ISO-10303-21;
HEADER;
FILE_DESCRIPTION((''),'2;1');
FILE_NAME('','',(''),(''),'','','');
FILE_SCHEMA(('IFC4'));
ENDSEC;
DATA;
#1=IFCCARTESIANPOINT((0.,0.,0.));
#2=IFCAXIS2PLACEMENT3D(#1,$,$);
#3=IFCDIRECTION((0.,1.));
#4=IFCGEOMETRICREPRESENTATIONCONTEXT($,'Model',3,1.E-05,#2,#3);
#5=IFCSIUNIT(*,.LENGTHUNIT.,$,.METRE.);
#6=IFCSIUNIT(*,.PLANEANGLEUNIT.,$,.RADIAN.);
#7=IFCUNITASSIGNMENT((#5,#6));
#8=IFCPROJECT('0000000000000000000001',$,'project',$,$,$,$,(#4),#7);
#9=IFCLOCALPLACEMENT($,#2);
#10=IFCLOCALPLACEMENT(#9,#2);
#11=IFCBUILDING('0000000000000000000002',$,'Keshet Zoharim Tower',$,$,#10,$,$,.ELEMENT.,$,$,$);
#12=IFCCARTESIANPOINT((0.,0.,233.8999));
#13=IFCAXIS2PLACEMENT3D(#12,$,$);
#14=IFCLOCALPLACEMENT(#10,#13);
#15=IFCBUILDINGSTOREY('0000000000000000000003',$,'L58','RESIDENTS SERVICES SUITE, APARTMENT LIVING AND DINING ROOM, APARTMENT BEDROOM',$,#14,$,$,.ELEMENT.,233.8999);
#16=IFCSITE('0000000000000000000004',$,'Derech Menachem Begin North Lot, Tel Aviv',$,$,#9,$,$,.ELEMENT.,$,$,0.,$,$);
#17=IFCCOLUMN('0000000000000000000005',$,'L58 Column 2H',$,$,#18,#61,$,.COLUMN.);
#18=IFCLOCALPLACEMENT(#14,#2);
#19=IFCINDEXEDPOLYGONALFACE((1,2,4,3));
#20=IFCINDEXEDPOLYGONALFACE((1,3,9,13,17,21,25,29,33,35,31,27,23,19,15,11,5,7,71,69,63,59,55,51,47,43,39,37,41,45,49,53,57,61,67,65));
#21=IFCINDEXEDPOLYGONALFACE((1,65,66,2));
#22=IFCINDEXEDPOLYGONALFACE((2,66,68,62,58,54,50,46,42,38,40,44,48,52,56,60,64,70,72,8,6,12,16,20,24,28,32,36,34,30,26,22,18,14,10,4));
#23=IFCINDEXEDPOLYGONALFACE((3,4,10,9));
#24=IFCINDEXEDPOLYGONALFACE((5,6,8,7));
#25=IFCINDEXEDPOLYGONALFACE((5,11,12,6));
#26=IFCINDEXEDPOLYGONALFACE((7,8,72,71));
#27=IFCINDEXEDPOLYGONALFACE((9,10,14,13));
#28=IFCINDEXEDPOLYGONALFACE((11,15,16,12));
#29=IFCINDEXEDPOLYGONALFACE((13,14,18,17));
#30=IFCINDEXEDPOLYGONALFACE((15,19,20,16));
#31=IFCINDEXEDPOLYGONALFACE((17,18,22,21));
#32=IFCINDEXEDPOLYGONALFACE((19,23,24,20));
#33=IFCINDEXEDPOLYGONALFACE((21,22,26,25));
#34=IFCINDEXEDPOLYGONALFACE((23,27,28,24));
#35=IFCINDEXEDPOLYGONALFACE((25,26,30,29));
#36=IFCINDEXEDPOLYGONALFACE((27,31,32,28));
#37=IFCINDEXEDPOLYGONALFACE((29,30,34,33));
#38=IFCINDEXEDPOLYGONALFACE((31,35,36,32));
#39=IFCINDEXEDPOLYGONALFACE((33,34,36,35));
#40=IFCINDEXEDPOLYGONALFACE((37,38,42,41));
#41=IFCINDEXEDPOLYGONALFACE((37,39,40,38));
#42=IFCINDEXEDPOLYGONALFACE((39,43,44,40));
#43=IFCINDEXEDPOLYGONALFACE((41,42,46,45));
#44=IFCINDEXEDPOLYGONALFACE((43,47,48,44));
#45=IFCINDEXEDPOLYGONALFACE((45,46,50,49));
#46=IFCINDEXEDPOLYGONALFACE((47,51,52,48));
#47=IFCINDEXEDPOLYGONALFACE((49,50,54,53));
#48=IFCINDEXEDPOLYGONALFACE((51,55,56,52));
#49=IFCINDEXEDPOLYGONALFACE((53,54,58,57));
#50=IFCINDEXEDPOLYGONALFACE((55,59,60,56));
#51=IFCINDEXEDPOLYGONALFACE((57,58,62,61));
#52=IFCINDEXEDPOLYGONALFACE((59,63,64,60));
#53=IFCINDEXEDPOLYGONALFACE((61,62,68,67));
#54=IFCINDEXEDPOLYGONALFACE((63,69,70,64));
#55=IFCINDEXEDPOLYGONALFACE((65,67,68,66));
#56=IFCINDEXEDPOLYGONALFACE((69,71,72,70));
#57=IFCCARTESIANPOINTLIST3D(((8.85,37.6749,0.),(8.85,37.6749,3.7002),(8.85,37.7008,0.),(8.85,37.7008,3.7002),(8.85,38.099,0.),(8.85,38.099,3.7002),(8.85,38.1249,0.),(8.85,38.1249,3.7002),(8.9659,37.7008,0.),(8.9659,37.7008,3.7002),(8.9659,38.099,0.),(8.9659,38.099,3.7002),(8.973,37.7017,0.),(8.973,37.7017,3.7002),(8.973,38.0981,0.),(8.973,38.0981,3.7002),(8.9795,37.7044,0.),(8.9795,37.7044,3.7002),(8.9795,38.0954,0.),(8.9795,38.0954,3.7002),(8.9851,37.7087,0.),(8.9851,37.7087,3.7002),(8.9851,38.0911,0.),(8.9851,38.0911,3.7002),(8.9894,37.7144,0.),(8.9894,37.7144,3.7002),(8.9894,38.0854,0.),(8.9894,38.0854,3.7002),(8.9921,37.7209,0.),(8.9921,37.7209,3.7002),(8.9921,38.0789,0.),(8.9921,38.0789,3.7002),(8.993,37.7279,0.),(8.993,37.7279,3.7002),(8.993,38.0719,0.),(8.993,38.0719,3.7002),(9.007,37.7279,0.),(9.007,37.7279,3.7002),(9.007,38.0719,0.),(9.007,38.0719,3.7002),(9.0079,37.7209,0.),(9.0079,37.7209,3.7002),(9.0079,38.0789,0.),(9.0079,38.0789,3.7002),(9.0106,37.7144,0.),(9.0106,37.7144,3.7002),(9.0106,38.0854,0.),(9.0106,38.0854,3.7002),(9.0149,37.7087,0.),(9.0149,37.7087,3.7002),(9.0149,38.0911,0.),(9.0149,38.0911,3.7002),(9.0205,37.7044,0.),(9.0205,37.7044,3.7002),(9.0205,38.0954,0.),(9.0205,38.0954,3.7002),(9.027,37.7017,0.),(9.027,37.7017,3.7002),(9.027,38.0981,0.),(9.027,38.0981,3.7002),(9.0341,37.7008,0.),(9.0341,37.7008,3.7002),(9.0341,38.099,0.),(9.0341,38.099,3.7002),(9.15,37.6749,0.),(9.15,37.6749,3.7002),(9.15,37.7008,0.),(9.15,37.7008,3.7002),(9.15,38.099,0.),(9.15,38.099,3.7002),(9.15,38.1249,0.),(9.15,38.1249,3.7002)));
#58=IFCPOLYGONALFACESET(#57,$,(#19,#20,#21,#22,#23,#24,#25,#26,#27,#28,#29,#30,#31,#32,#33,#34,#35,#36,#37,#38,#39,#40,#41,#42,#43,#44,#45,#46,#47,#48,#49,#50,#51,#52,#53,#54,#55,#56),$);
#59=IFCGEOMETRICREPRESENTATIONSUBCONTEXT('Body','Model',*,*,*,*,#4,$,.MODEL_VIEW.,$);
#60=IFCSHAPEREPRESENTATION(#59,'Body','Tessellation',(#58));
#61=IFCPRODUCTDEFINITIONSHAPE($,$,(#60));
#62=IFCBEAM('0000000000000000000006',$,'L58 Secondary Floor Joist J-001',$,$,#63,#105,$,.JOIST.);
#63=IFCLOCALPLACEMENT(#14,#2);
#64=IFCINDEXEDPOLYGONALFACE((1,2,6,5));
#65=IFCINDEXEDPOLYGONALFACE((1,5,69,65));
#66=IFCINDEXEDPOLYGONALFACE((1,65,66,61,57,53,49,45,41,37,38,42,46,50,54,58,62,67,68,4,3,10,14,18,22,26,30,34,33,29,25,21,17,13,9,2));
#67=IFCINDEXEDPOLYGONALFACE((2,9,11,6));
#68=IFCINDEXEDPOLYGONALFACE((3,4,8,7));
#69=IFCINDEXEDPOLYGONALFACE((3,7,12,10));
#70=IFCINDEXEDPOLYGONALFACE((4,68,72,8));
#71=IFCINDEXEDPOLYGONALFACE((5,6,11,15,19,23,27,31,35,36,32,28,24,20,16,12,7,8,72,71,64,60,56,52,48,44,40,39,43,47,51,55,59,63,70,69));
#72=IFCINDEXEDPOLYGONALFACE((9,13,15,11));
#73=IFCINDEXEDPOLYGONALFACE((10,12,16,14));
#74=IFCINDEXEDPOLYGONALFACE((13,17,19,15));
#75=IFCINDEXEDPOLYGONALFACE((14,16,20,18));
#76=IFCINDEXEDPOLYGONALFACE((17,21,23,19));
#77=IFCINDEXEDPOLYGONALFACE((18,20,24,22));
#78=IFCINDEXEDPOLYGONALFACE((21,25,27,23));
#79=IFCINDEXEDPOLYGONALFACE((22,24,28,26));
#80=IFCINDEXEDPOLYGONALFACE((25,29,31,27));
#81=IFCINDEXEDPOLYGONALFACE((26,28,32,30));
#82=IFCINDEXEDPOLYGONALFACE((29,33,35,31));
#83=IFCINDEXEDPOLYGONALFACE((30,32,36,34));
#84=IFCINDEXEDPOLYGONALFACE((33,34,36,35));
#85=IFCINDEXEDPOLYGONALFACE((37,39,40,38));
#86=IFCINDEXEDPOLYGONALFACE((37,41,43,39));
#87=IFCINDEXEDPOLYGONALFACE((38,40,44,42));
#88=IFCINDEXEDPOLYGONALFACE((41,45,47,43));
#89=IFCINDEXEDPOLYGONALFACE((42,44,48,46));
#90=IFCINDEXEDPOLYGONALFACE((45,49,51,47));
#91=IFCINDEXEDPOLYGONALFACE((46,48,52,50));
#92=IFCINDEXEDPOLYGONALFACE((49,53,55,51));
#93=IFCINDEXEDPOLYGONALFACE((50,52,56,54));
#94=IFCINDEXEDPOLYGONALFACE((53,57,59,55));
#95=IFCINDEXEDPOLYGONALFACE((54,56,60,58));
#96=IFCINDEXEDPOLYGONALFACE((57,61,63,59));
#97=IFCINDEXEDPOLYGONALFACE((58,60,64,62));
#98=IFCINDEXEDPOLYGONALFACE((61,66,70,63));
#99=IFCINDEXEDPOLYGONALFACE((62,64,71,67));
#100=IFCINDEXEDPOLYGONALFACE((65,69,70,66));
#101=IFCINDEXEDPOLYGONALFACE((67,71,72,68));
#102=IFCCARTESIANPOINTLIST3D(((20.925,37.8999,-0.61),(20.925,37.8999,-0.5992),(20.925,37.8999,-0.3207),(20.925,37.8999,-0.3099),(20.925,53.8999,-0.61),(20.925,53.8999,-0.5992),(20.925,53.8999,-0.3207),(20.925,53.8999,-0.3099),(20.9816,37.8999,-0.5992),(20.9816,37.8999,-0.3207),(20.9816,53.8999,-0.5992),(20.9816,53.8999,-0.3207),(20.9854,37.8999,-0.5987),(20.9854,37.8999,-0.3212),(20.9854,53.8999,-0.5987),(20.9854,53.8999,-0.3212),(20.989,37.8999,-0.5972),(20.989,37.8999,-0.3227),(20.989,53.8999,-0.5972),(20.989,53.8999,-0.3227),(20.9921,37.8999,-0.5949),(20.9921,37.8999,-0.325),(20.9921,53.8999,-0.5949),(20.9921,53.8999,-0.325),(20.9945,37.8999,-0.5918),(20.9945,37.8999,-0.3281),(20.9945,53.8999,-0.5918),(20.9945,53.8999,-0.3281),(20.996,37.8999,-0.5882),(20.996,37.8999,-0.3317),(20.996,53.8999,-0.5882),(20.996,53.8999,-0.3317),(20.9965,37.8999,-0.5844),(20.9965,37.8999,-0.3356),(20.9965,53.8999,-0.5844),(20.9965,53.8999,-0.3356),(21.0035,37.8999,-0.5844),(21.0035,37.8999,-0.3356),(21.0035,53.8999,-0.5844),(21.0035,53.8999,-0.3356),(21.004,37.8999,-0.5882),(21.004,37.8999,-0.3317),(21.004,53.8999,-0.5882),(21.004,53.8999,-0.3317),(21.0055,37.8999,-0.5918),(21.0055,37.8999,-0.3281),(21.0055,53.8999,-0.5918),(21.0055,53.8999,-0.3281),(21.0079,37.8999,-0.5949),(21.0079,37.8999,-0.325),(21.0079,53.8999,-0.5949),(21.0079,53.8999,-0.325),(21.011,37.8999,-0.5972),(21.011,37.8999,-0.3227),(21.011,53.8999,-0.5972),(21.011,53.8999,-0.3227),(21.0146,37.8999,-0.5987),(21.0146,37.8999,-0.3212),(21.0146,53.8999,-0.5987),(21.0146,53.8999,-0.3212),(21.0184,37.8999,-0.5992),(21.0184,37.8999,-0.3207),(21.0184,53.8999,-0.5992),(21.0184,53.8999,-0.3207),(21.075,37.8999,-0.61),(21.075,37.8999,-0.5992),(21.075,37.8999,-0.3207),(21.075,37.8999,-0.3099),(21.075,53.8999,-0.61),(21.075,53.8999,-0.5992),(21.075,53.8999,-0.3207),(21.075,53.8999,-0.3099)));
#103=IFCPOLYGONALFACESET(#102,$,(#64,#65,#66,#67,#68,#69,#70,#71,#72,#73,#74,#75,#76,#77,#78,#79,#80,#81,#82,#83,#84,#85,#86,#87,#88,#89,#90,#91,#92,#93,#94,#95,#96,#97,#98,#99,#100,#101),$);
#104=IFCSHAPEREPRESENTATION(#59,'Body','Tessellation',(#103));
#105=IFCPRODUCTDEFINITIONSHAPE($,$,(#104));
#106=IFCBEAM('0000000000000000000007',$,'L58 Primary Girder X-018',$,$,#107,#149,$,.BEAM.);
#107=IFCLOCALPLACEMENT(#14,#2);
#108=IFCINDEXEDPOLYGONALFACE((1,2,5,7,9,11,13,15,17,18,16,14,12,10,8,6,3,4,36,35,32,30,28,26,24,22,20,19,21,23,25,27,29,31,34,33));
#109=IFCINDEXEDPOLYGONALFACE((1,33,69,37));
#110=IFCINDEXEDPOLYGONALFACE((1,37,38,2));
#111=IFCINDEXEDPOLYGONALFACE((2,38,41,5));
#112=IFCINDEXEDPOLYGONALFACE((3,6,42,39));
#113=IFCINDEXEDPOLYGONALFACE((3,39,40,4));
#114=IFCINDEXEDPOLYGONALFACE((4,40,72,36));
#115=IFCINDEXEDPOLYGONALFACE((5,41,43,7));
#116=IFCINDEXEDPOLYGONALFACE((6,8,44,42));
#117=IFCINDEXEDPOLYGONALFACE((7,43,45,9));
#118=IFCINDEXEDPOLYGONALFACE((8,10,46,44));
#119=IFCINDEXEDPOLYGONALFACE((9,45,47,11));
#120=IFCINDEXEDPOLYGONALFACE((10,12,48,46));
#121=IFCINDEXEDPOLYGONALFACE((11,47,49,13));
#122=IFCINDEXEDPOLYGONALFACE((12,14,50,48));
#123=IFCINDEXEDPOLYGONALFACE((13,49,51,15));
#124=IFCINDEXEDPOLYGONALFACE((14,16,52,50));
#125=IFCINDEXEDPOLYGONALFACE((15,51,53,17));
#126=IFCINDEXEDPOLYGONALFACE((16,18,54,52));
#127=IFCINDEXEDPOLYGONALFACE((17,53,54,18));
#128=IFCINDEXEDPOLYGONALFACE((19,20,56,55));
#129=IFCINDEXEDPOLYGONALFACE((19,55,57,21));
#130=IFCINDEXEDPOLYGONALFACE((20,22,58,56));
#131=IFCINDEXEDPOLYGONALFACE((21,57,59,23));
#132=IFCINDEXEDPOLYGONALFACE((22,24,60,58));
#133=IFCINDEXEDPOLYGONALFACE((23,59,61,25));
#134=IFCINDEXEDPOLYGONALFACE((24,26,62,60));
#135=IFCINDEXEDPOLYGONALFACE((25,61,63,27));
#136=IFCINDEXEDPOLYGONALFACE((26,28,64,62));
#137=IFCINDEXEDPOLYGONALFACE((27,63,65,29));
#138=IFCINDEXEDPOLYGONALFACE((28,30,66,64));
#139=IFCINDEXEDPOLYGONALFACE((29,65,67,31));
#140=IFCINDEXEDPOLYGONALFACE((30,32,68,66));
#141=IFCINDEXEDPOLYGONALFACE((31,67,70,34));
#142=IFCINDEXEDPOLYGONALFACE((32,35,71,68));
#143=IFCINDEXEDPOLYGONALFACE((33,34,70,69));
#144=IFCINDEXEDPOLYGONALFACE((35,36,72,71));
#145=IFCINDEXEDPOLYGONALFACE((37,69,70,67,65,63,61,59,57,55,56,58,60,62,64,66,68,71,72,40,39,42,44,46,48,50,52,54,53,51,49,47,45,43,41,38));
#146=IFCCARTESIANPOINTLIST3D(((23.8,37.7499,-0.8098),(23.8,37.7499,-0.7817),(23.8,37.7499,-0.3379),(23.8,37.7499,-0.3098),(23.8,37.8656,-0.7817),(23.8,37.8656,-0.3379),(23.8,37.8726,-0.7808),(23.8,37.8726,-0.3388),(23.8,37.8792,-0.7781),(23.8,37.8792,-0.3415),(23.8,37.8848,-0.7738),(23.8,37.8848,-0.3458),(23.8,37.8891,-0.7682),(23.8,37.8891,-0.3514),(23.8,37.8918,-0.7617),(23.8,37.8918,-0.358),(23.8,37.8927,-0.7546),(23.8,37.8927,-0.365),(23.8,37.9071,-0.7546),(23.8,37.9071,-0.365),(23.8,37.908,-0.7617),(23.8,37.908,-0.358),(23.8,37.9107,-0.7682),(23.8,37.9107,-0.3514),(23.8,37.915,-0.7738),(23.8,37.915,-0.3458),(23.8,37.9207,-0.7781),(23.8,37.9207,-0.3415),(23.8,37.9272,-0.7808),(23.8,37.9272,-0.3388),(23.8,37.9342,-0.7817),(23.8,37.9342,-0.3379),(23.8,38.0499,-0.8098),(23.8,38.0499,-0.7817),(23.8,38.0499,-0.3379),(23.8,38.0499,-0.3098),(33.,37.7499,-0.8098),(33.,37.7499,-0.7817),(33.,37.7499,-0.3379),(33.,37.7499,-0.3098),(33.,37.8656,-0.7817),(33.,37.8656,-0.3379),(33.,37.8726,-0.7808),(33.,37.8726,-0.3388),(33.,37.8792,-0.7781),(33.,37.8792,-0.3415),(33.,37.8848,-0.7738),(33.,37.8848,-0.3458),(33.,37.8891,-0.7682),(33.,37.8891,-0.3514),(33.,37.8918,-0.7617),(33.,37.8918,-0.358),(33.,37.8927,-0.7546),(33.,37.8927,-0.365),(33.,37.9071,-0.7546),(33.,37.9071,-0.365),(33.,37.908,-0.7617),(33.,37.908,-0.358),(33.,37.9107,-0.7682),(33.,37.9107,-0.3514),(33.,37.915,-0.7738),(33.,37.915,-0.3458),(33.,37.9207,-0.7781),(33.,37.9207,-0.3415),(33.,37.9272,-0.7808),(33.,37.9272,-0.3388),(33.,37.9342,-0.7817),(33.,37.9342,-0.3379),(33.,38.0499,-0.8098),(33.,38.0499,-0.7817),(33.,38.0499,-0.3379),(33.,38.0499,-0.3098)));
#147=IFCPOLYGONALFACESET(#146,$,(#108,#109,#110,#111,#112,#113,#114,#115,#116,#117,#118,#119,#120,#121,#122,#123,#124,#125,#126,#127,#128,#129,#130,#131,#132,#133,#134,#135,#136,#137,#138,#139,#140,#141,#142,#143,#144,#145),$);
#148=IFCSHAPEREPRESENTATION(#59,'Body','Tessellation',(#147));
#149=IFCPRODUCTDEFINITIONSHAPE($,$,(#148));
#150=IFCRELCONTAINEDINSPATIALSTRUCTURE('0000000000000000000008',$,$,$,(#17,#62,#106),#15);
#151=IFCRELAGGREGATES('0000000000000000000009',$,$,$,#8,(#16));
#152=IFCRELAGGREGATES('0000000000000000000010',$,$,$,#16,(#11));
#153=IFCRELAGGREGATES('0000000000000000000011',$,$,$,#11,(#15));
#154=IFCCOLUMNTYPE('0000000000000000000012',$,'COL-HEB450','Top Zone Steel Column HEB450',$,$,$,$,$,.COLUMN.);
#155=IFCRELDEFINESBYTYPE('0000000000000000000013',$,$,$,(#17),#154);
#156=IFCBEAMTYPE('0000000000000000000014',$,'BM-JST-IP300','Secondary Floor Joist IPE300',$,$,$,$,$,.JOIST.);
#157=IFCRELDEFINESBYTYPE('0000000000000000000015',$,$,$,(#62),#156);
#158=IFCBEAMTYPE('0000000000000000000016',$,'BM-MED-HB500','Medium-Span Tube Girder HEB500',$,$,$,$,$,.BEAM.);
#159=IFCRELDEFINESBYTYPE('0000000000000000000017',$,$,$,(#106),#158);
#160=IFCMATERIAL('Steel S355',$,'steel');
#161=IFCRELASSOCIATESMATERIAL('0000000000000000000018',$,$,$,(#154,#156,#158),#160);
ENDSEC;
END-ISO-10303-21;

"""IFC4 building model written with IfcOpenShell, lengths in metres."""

from ifc_helpers import new_model, si_unit, direction, frame, origin, origin_2d, place, context, subcontext, project, spatial, i_section, extrude, material, material_profile, profile_set, type_object, element, save


model = new_model("IFC4")

# Units and contexts
model_context = context("Model", 3, precision=1e-05, world=origin(), true_north=direction((0.0, 1.0)))
body_context = subcontext(model_context, "Body", "Model", "MODEL_VIEW")
ifc_project = project(units=[si_unit("LENGTHUNIT", "METRE"), si_unit("PLANEANGLEUNIT", "RADIAN")], contexts=[model_context])

# Site, building, storey
site_placement = place(None, origin())
site = spatial("IfcSite", under=ifc_project, at=site_placement, Name="Derech Menachem Begin North Lot, Tel Aviv", CompositionType="ELEMENT", RefElevation=0.0)
building_placement = place(site_placement, origin())
building = spatial("IfcBuilding", under=site, at=building_placement, Name="Keshet Zoharim Tower", CompositionType="ELEMENT")
storey_placement = place(building_placement, frame((0.0, 0.0, 233.8999)))
storey = spatial("IfcBuildingStorey", under=building, at=storey_placement, Name="L58", Description="RESIDENTS SERVICES SUITE, APARTMENT LIVING AND DINING ROOM, APARTMENT BEDROOM", CompositionType="ELEMENT", Elevation=233.8999)

# Column
ifc_material_1 = material(Name="Steel S355", Category="steel")
ifc_material_profile_1 = material_profile(ifc_material_1, i_section(OverallWidth=0.3, OverallDepth=0.45, WebThickness=0.0139, FlangeThickness=0.0259, FilletRadius=0.0271, at=origin_2d()), Name="HEB450")
ifc_profile_set_1 = profile_set([ifc_material_profile_1], Name="Steel S355")
column_type = type_object("IfcColumnType", Name="COL-HEB450", Description="Top Zone Steel Column HEB450", PredefinedType="COLUMN", material=ifc_profile_set_1)
column_placement = place(storey_placement, frame((9.0, 37.8999, 0.0), z_axis=(0.0, 0.0, 1.0), x_axis=(1.0, 0.0, 0.0)))
element("IfcColumn", 1, at=column_placement, inside=storey, type_object=column_type, Name="L58 Column 2H", PredefinedType="COLUMN", context=body_context, shape_type="SweptSolid", body=[
    extrude(i_section(OverallWidth=0.3, OverallDepth=0.45, WebThickness=0.0139, FlangeThickness=0.0259, FilletRadius=0.0271, at=origin_2d()), origin(), (0.0, 0.0, 1.0), 3.7002),
])

# Beams
ifc_material_profile_2 = material_profile(ifc_material_1, i_section(OverallWidth=0.1499, OverallDepth=0.3, WebThickness=0.0071, FlangeThickness=0.0107, FilletRadius=0.0149, at=origin_2d()), Name="IPE300")
ifc_profile_set_2 = profile_set([ifc_material_profile_2], Name="Steel S355")
beam_type_1 = type_object("IfcBeamType", Name="BM-JST-IP300", Description="Secondary Floor Joist IPE300", PredefinedType="JOIST", material=ifc_profile_set_2)
beam_1_placement = place(storey_placement, frame((21.0, 37.8999, -0.46), z_axis=(0.0, 1.0, 0.0), x_axis=(-1.0, 0.0, 0.0)))
element("IfcBeam", 2, at=beam_1_placement, inside=storey, type_object=beam_type_1, Name="L58 Secondary Floor Joist J-001", PredefinedType="JOIST", context=body_context, shape_type="SweptSolid", body=[
    extrude(i_section(OverallWidth=0.1499, OverallDepth=0.3, WebThickness=0.0071, FlangeThickness=0.0107, FilletRadius=0.0149, at=origin_2d()), origin(), (0.0, 0.0, 1.0), 16.0),
])
ifc_material_profile_3 = material_profile(ifc_material_1, i_section(OverallWidth=0.3, OverallDepth=0.5, WebThickness=0.0144, FlangeThickness=0.0281, FilletRadius=0.0271, at=origin_2d()), Name="HEB500")
ifc_profile_set_3 = profile_set([ifc_material_profile_3], Name="Steel S355")
beam_type_2 = type_object("IfcBeamType", Name="BM-MED-HB500", Description="Medium-Span Tube Girder HEB500", PredefinedType="BEAM", material=ifc_profile_set_3)
beam_2_placement = place(storey_placement, frame((23.8, 37.8999, -0.5598), z_axis=(1.0, 0.0, 0.0), x_axis=(0.0, 1.0, 0.0)))
element("IfcBeam", 3, at=beam_2_placement, inside=storey, type_object=beam_type_2, Name="L58 Primary Girder X-018", PredefinedType="BEAM", context=body_context, shape_type="SweptSolid", body=[
    extrude(i_section(OverallWidth=0.3, OverallDepth=0.5, WebThickness=0.0144, FlangeThickness=0.0281, FilletRadius=0.0271, at=origin_2d()), origin(), (0.0, 0.0, 1.0), 9.2),
])

save(model, "model.ifc")
